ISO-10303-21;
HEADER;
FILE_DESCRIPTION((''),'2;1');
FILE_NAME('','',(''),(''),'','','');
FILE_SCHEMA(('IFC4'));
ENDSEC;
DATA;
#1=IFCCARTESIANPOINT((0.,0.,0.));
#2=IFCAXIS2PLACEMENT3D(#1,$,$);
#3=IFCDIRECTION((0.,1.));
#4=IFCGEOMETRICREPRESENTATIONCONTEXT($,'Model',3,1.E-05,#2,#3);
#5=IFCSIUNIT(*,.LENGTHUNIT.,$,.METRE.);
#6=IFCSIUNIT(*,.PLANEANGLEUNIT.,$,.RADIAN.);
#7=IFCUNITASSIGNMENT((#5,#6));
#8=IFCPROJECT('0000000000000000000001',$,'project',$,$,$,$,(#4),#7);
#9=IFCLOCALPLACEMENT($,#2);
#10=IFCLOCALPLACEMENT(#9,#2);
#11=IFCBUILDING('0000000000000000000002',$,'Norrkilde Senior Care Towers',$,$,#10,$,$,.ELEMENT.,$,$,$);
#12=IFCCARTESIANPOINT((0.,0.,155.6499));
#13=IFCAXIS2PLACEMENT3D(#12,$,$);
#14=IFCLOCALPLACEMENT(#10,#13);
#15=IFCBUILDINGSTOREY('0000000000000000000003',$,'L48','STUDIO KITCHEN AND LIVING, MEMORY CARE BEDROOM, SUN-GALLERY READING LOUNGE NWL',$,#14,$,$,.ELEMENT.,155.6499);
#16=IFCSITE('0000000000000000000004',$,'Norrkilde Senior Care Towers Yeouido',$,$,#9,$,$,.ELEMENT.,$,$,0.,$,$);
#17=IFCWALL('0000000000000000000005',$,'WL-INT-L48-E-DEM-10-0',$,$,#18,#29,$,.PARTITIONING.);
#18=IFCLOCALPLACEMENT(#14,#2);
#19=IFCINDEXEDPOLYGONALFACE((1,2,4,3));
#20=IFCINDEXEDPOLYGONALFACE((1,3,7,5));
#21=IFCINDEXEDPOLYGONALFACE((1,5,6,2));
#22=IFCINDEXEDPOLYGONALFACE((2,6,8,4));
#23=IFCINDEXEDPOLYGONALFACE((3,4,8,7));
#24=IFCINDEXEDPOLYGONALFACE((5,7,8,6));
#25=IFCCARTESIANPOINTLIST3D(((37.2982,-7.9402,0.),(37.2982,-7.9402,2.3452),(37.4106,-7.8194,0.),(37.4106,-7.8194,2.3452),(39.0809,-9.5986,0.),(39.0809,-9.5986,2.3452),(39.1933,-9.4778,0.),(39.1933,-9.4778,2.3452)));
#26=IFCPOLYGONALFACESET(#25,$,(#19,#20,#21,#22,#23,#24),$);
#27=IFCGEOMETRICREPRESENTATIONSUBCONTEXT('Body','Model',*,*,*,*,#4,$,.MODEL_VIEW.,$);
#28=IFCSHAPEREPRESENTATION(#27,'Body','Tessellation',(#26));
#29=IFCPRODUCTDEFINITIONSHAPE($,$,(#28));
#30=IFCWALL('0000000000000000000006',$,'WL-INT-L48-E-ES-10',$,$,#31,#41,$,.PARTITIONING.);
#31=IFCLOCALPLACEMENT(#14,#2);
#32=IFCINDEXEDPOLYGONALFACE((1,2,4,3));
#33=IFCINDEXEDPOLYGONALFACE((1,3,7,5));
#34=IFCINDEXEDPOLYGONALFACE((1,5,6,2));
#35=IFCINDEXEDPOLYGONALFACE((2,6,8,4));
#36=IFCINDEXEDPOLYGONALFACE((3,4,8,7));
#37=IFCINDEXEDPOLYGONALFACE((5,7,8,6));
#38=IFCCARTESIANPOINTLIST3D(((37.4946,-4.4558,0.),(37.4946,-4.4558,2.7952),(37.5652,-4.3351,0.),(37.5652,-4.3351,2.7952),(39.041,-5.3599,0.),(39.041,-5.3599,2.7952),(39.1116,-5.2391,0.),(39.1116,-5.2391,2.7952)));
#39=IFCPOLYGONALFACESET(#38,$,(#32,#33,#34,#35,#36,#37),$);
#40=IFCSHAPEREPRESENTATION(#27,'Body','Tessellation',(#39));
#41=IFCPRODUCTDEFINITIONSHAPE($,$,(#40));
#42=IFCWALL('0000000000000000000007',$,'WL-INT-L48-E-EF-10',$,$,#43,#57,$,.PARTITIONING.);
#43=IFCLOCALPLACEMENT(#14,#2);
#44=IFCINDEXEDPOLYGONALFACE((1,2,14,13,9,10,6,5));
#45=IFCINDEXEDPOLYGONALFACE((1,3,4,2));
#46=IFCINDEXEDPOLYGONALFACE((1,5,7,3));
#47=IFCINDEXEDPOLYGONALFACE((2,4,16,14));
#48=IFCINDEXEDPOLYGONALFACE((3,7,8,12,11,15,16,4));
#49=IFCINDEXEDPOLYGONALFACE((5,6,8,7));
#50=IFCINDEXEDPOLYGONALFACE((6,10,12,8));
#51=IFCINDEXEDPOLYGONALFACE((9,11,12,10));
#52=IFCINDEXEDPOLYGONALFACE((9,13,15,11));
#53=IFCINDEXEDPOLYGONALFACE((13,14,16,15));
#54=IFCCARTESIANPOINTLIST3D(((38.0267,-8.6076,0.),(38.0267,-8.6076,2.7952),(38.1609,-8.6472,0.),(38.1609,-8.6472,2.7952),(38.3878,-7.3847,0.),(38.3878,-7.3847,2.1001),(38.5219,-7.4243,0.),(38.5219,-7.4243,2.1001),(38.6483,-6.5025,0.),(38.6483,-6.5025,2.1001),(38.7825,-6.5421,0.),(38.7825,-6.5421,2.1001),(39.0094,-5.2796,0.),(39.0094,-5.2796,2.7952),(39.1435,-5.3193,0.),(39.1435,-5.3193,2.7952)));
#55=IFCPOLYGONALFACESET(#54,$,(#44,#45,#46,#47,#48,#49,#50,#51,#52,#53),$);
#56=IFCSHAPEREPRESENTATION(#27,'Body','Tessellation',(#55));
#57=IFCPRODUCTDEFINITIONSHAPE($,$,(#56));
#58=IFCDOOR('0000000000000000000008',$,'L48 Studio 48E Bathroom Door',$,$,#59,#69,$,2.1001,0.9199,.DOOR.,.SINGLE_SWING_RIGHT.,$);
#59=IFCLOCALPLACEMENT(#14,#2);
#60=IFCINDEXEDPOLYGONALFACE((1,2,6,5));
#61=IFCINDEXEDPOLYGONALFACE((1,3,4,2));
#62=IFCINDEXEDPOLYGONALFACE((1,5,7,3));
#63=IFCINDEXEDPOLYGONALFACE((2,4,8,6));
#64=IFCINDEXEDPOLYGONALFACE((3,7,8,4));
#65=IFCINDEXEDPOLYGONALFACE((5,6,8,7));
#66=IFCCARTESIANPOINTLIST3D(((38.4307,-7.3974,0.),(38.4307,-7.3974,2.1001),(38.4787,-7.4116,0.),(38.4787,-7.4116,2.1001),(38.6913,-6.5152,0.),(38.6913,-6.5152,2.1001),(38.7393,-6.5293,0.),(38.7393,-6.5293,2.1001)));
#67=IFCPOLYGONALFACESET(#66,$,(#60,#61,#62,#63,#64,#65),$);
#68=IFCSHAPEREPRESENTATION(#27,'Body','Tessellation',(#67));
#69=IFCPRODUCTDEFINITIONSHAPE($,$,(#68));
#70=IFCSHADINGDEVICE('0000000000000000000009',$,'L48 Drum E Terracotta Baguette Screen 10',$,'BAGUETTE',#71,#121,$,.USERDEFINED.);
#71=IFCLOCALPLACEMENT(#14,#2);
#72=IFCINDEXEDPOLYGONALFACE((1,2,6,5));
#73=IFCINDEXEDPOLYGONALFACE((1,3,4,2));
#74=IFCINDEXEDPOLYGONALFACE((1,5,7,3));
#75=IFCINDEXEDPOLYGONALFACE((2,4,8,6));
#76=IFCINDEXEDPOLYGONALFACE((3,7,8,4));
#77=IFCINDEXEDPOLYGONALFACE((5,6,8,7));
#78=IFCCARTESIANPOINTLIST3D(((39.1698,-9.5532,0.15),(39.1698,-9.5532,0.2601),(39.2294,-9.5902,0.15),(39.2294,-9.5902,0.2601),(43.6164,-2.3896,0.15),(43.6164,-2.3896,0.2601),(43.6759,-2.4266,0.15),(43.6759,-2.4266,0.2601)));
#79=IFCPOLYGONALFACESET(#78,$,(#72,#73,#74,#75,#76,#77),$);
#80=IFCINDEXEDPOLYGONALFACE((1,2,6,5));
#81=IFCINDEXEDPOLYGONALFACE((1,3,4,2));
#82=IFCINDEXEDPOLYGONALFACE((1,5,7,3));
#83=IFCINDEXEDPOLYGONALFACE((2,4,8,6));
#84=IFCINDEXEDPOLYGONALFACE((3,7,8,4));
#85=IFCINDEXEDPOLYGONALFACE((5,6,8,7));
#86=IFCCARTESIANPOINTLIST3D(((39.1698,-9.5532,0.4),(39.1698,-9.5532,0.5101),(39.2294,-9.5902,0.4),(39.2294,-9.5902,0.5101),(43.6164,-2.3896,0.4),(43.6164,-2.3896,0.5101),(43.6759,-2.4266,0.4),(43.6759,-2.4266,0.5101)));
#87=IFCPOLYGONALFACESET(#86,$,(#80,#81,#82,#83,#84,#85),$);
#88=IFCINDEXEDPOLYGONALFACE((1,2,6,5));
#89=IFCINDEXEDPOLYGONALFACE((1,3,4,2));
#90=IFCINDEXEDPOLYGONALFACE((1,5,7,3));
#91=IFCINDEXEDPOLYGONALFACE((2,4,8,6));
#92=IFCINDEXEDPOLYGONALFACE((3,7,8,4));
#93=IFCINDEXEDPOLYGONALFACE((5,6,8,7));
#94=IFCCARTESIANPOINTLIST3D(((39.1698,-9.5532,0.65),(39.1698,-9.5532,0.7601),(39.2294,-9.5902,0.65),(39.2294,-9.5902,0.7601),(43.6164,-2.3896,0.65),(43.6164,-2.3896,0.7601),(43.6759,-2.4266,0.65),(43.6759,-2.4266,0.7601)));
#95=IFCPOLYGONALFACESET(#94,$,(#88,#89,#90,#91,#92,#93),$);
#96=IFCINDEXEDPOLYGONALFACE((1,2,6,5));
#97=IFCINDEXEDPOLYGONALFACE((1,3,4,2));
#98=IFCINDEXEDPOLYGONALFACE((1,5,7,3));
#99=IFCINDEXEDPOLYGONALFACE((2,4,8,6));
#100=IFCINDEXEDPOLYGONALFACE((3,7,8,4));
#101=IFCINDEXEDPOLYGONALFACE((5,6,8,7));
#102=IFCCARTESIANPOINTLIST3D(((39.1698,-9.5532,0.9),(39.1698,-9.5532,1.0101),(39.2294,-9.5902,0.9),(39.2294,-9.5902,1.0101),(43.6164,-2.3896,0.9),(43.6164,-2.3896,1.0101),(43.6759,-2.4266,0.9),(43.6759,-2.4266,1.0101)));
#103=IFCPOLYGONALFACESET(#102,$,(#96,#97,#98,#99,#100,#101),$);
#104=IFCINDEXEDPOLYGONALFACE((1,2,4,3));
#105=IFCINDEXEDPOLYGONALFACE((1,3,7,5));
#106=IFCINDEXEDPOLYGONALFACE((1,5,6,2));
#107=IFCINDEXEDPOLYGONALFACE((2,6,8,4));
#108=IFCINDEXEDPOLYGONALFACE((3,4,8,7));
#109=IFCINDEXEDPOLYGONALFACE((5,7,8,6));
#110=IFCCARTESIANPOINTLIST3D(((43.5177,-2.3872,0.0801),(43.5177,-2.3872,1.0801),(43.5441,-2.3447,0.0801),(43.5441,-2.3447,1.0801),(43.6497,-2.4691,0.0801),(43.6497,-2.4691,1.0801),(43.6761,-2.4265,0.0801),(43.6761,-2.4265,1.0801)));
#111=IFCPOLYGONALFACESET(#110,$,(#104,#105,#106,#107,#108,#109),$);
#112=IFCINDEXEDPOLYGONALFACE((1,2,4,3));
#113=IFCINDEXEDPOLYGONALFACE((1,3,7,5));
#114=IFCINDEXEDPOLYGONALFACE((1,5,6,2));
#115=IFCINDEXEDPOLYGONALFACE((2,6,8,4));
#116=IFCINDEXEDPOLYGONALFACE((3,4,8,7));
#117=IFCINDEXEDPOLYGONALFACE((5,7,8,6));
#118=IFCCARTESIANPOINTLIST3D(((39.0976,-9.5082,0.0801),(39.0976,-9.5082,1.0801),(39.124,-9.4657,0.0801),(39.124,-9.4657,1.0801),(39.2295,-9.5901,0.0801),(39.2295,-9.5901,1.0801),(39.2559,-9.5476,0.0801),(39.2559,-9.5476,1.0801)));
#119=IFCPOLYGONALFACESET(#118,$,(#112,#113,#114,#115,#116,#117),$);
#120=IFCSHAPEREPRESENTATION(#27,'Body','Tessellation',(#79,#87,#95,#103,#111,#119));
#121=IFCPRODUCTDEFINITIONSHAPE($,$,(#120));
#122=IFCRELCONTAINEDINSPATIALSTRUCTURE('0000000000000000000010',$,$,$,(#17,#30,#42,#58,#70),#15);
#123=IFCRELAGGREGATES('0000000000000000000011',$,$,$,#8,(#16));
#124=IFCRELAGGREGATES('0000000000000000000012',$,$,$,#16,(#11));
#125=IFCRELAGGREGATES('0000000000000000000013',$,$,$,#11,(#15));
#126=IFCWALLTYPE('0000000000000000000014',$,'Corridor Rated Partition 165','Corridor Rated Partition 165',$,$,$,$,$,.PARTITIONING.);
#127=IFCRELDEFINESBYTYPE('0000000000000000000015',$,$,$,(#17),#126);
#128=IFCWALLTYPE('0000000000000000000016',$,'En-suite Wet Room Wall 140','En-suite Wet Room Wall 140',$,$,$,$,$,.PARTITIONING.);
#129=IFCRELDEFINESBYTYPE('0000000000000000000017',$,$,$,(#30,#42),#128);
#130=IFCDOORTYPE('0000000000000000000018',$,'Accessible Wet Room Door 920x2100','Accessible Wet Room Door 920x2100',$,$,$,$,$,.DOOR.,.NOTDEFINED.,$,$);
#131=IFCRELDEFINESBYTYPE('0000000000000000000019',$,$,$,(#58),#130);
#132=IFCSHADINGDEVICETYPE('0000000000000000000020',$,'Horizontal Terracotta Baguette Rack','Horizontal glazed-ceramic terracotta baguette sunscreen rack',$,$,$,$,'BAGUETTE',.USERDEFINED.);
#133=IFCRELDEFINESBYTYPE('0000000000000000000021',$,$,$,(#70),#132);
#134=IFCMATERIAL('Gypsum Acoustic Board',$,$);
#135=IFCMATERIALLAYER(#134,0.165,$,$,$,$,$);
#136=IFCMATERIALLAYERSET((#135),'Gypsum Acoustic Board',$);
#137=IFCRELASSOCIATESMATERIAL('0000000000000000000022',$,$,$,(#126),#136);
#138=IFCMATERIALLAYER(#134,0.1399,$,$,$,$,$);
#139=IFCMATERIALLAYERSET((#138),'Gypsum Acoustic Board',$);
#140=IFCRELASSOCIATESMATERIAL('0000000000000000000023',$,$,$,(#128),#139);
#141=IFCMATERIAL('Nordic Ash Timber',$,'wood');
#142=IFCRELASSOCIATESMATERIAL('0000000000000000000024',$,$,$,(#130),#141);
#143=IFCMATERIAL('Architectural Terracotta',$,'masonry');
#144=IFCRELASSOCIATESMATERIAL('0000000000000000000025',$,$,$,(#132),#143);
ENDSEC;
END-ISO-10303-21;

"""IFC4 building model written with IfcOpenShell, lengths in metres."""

from ifc_helpers import new_model, si_unit, direction, frame, frame_2d, origin, origin_2d, place, context, subcontext, project, spatial, rectangle, extrude, source, transform, mapped, material, layer, layer_set, type_object, type_shapes, element, fill, save


model = new_model("IFC4")

# Units and contexts
model_context = context("Model", 3, precision=1e-05, world=origin(), true_north=direction((0.0, 1.0)))
body_context = subcontext(model_context, "Body", "Model", "MODEL_VIEW")
ifc_project = project(units=[si_unit("LENGTHUNIT", "METRE"), si_unit("PLANEANGLEUNIT", "RADIAN")], contexts=[model_context])

# Site, building, storey
site_placement = place(None, origin())
site = spatial("IfcSite", under=ifc_project, at=site_placement, Name="Norrkilde Senior Care Towers Yeouido", CompositionType="ELEMENT", RefElevation=0.0)
building_placement = place(site_placement, origin())
building = spatial("IfcBuilding", under=site, at=building_placement, Name="Norrkilde Senior Care Towers", CompositionType="ELEMENT")
storey_placement = place(building_placement, frame((0.0, 0.0, 155.6499)))
storey = spatial("IfcBuildingStorey", under=building, at=storey_placement, Name="L48", Description="STUDIO KITCHEN AND LIVING, MEMORY CARE BEDROOM, SUN-GALLERY READING LOUNGE NWL", CompositionType="ELEMENT", Elevation=155.6499)

# Shared definitions
ifc_material_1 = material(Name="Gypsum Acoustic Board")
ifc_layer_1 = layer(ifc_material_1, 0.165)
ifc_layer_set_1 = layer_set([ifc_layer_1], Name="Gypsum Acoustic Board")
wall_type_1 = type_object("IfcWallType", Name="Corridor Rated Partition 165", Description="Corridor Rated Partition 165", PredefinedType="PARTITIONING", material=ifc_layer_set_1)
ifc_material_2 = material(Name="Nordic Ash Timber", Category="wood")

# Walls
shared_shape_1 = source(origin(), body_context, "Body", "SweptSolid", [
    extrude(rectangle(XDim=2.4348, YDim=0.165, at=frame_2d((1.2173, 0.0))), origin(), (0.0, 0.0, 1.0), 2.3452),
])
wall_1_placement = place(storey_placement, frame((37.3545, -7.8799, 0.0), z_axis=(0.0, 0.0, 1.0), x_axis=(0.732165, -0.681128, 0.0)))
element("IfcWall", 1, at=wall_1_placement, inside=storey, type_object=wall_type_1, Name="WL-INT-L48-E-DEM-10-0", PredefinedType="PARTITIONING", context=body_context, shape_type="MappedRepresentation", body=[
    mapped(shared_shape_1, transform((0.0, 0.0, 0.0), x_axis=(1.0, 0.0, 0.0), y_axis=(0.0, 1.0, 0.0), z_axis=(0.0, 0.0, 1.0), scale=1.0)),
])
ifc_layer_2 = layer(ifc_material_1, 0.1399)
ifc_layer_set_2 = layer_set([ifc_layer_2], Name="Gypsum Acoustic Board")
wall_type_2 = type_object("IfcWallType", Name="En-suite Wet Room Wall 140", Description="En-suite Wet Room Wall 140", PredefinedType="PARTITIONING", material=ifc_layer_set_2)
shared_shape_2 = source(origin(), body_context, "Body", "SweptSolid", [
    extrude(rectangle(XDim=1.7913, YDim=0.1399, at=frame_2d((0.8955, 0.0))), origin(), (0.0, 0.0, 1.0), 2.7952),
])
wall_2_placement = place(storey_placement, frame((37.53, -4.3955, 0.0), z_axis=(0.0, 0.0, 1.0), x_axis=(0.863294, -0.504701, 0.0)))
element("IfcWall", 2, at=wall_2_placement, inside=storey, type_object=wall_type_2, Name="WL-INT-L48-E-ES-10", PredefinedType="PARTITIONING", context=body_context, shape_type="MappedRepresentation", body=[
    mapped(shared_shape_2, transform((0.0, 0.0, 0.0), x_axis=(1.0, 0.0, 0.0), y_axis=(0.0, 1.0, 0.0), z_axis=(0.0, 0.0, 1.0), scale=1.0)),
])

# Wall, opening, door
shared_shape_3 = source(origin(), body_context, "Body", "SweptSolid", [
    extrude(rectangle(XDim=3.47, YDim=0.1399, at=frame_2d((1.7349, 0.0))), origin(), (0.0, 0.0, 1.0), 2.7952),
])
type_shapes(wall_type_2, [shared_shape_2, shared_shape_3])
wall_3_placement = place(storey_placement, frame((39.0764, -5.2996, 0.0), z_axis=(0.0, 0.0, 1.0), x_axis=(-0.283195, -0.959062, 0.0)))
wall_3 = element("IfcWall", 3, at=wall_3_placement, inside=storey, type_object=wall_type_2, Name="WL-INT-L48-E-EF-10", PredefinedType="PARTITIONING", context=body_context, shape_type="MappedRepresentation", body=[
    mapped(shared_shape_3, transform((0.0, 0.0, 0.0), x_axis=(1.0, 0.0, 0.0), y_axis=(0.0, 1.0, 0.0), z_axis=(0.0, 0.0, 1.0), scale=1.0)),
])
opening_1_placement = place(wall_3_placement, frame((1.2749, 0.0, 0.0)))
opening_1 = element("IfcOpeningElement", 4, at=opening_1_placement, cuts=wall_3, PredefinedType="OPENING", context=body_context, shape_type="SweptSolid", body=[
    extrude(rectangle(XDim=0.9199, YDim=2.1001, at=frame_2d((0.46, 1.05))), frame((0.0, 0.0798, 0.0), z_axis=(0.0, -1.0, 0.0), x_axis=(1.0, 0.0, 0.0)), (0.0, 0.0, 1.0), 0.1599),
])
door_type_1 = type_object("IfcDoorType", Name="Accessible Wet Room Door 920x2100", Description="Accessible Wet Room Door 920x2100", OperationType="NOTDEFINED", PredefinedType="DOOR", material=ifc_material_2)
shared_shape_4 = source(origin(), body_context, "Body", "SweptSolid", [
    extrude(rectangle(XDim=0.9199, YDim=2.1001, at=frame_2d((0.46, 1.05))), frame((0.0, 0.0249, 0.0), z_axis=(0.0, -1.0, 0.0), x_axis=(1.0, 0.0, 0.0)), (0.0, 0.0, 1.0), 0.05),
])
type_shapes(door_type_1, [shared_shape_4])
door_1_placement = place(opening_1_placement, origin())
door_1 = element("IfcDoor", 5, at=door_1_placement, inside=storey, type_object=door_type_1, Name="L48 Studio 48E Bathroom Door", OperationType="SINGLE_SWING_RIGHT", OverallHeight=2.1001, OverallWidth=0.9199, PredefinedType="DOOR", context=body_context, shape_type="MappedRepresentation", body=[
    mapped(shared_shape_4, transform((0.0, 0.0, 0.0), x_axis=(1.0, 0.0, 0.0), y_axis=(0.0, 1.0, 0.0), z_axis=(0.0, 0.0, 1.0), scale=1.0)),
])
fill(opening_1, door_1)

# Shading device
ifc_material_3 = material(Name="Architectural Terracotta", Category="masonry")
shading_device_type = type_object("IfcShadingDeviceType", Name="Horizontal Terracotta Baguette Rack", Description="Horizontal glazed-ceramic terracotta baguette sunscreen rack", ElementType="BAGUETTE", PredefinedType="USERDEFINED", material=ifc_material_3)
shared_shape_5 = source(origin(), body_context, "Body", "SweptSolid", [
    extrude(rectangle(XDim=0.0701, YDim=0.1101, at=origin_2d()), frame((0.0, 0.0901, 0.125), z_axis=(1.0, 0.0, 0.0), x_axis=(0.0, 1.0, 0.0)), (0.0, 0.0, 1.0), 8.4314),
    extrude(rectangle(XDim=0.0701, YDim=0.1101, at=origin_2d()), frame((0.0, 0.0901, 0.375), z_axis=(1.0, 0.0, 0.0), x_axis=(0.0, 1.0, 0.0)), (0.0, 0.0, 1.0), 8.4314),
    extrude(rectangle(XDim=0.0701, YDim=0.1101, at=origin_2d()), frame((0.0, 0.0901, 0.625), z_axis=(1.0, 0.0, 0.0), x_axis=(0.0, 1.0, 0.0)), (0.0, 0.0, 1.0), 8.4314),
    extrude(rectangle(XDim=0.0701, YDim=0.1101, at=origin_2d()), frame((0.0, 0.0901, 0.875), z_axis=(1.0, 0.0, 0.0), x_axis=(0.0, 1.0, 0.0)), (0.0, 0.0, 1.0), 8.4314),
    extrude(rectangle(XDim=0.05, YDim=0.1553, at=origin_2d()), frame((0.0249, 0.0476, 0.0)), (0.0, 0.0, 1.0), 1.0),
    extrude(rectangle(XDim=0.05, YDim=0.1553, at=origin_2d()), frame((8.4062, 0.0476, 0.0)), (0.0, 0.0, 1.0), 1.0),
])
type_shapes(shading_device_type, [shared_shape_5])
shading_device_placement = place(storey_placement, frame((43.5696, -2.3606, 0.0801), z_axis=(0.0, 0.0, 1.0), x_axis=(-0.527378, -0.849631, 0.0)))
element("IfcShadingDevice", 6, at=shading_device_placement, inside=storey, type_object=shading_device_type, Name="L48 Drum E Terracotta Baguette Screen 10", ObjectType="BAGUETTE", PredefinedType="USERDEFINED", context=body_context, shape_type="MappedRepresentation", body=[
    mapped(shared_shape_5, transform((0.0, 0.0, 0.0), x_axis=(1.0, 0.0, 0.0), y_axis=(0.0, 1.0, 0.0), z_axis=(0.0, 0.0, 1.0), scale=1.0)),
])

save(model, "model.ifc")
